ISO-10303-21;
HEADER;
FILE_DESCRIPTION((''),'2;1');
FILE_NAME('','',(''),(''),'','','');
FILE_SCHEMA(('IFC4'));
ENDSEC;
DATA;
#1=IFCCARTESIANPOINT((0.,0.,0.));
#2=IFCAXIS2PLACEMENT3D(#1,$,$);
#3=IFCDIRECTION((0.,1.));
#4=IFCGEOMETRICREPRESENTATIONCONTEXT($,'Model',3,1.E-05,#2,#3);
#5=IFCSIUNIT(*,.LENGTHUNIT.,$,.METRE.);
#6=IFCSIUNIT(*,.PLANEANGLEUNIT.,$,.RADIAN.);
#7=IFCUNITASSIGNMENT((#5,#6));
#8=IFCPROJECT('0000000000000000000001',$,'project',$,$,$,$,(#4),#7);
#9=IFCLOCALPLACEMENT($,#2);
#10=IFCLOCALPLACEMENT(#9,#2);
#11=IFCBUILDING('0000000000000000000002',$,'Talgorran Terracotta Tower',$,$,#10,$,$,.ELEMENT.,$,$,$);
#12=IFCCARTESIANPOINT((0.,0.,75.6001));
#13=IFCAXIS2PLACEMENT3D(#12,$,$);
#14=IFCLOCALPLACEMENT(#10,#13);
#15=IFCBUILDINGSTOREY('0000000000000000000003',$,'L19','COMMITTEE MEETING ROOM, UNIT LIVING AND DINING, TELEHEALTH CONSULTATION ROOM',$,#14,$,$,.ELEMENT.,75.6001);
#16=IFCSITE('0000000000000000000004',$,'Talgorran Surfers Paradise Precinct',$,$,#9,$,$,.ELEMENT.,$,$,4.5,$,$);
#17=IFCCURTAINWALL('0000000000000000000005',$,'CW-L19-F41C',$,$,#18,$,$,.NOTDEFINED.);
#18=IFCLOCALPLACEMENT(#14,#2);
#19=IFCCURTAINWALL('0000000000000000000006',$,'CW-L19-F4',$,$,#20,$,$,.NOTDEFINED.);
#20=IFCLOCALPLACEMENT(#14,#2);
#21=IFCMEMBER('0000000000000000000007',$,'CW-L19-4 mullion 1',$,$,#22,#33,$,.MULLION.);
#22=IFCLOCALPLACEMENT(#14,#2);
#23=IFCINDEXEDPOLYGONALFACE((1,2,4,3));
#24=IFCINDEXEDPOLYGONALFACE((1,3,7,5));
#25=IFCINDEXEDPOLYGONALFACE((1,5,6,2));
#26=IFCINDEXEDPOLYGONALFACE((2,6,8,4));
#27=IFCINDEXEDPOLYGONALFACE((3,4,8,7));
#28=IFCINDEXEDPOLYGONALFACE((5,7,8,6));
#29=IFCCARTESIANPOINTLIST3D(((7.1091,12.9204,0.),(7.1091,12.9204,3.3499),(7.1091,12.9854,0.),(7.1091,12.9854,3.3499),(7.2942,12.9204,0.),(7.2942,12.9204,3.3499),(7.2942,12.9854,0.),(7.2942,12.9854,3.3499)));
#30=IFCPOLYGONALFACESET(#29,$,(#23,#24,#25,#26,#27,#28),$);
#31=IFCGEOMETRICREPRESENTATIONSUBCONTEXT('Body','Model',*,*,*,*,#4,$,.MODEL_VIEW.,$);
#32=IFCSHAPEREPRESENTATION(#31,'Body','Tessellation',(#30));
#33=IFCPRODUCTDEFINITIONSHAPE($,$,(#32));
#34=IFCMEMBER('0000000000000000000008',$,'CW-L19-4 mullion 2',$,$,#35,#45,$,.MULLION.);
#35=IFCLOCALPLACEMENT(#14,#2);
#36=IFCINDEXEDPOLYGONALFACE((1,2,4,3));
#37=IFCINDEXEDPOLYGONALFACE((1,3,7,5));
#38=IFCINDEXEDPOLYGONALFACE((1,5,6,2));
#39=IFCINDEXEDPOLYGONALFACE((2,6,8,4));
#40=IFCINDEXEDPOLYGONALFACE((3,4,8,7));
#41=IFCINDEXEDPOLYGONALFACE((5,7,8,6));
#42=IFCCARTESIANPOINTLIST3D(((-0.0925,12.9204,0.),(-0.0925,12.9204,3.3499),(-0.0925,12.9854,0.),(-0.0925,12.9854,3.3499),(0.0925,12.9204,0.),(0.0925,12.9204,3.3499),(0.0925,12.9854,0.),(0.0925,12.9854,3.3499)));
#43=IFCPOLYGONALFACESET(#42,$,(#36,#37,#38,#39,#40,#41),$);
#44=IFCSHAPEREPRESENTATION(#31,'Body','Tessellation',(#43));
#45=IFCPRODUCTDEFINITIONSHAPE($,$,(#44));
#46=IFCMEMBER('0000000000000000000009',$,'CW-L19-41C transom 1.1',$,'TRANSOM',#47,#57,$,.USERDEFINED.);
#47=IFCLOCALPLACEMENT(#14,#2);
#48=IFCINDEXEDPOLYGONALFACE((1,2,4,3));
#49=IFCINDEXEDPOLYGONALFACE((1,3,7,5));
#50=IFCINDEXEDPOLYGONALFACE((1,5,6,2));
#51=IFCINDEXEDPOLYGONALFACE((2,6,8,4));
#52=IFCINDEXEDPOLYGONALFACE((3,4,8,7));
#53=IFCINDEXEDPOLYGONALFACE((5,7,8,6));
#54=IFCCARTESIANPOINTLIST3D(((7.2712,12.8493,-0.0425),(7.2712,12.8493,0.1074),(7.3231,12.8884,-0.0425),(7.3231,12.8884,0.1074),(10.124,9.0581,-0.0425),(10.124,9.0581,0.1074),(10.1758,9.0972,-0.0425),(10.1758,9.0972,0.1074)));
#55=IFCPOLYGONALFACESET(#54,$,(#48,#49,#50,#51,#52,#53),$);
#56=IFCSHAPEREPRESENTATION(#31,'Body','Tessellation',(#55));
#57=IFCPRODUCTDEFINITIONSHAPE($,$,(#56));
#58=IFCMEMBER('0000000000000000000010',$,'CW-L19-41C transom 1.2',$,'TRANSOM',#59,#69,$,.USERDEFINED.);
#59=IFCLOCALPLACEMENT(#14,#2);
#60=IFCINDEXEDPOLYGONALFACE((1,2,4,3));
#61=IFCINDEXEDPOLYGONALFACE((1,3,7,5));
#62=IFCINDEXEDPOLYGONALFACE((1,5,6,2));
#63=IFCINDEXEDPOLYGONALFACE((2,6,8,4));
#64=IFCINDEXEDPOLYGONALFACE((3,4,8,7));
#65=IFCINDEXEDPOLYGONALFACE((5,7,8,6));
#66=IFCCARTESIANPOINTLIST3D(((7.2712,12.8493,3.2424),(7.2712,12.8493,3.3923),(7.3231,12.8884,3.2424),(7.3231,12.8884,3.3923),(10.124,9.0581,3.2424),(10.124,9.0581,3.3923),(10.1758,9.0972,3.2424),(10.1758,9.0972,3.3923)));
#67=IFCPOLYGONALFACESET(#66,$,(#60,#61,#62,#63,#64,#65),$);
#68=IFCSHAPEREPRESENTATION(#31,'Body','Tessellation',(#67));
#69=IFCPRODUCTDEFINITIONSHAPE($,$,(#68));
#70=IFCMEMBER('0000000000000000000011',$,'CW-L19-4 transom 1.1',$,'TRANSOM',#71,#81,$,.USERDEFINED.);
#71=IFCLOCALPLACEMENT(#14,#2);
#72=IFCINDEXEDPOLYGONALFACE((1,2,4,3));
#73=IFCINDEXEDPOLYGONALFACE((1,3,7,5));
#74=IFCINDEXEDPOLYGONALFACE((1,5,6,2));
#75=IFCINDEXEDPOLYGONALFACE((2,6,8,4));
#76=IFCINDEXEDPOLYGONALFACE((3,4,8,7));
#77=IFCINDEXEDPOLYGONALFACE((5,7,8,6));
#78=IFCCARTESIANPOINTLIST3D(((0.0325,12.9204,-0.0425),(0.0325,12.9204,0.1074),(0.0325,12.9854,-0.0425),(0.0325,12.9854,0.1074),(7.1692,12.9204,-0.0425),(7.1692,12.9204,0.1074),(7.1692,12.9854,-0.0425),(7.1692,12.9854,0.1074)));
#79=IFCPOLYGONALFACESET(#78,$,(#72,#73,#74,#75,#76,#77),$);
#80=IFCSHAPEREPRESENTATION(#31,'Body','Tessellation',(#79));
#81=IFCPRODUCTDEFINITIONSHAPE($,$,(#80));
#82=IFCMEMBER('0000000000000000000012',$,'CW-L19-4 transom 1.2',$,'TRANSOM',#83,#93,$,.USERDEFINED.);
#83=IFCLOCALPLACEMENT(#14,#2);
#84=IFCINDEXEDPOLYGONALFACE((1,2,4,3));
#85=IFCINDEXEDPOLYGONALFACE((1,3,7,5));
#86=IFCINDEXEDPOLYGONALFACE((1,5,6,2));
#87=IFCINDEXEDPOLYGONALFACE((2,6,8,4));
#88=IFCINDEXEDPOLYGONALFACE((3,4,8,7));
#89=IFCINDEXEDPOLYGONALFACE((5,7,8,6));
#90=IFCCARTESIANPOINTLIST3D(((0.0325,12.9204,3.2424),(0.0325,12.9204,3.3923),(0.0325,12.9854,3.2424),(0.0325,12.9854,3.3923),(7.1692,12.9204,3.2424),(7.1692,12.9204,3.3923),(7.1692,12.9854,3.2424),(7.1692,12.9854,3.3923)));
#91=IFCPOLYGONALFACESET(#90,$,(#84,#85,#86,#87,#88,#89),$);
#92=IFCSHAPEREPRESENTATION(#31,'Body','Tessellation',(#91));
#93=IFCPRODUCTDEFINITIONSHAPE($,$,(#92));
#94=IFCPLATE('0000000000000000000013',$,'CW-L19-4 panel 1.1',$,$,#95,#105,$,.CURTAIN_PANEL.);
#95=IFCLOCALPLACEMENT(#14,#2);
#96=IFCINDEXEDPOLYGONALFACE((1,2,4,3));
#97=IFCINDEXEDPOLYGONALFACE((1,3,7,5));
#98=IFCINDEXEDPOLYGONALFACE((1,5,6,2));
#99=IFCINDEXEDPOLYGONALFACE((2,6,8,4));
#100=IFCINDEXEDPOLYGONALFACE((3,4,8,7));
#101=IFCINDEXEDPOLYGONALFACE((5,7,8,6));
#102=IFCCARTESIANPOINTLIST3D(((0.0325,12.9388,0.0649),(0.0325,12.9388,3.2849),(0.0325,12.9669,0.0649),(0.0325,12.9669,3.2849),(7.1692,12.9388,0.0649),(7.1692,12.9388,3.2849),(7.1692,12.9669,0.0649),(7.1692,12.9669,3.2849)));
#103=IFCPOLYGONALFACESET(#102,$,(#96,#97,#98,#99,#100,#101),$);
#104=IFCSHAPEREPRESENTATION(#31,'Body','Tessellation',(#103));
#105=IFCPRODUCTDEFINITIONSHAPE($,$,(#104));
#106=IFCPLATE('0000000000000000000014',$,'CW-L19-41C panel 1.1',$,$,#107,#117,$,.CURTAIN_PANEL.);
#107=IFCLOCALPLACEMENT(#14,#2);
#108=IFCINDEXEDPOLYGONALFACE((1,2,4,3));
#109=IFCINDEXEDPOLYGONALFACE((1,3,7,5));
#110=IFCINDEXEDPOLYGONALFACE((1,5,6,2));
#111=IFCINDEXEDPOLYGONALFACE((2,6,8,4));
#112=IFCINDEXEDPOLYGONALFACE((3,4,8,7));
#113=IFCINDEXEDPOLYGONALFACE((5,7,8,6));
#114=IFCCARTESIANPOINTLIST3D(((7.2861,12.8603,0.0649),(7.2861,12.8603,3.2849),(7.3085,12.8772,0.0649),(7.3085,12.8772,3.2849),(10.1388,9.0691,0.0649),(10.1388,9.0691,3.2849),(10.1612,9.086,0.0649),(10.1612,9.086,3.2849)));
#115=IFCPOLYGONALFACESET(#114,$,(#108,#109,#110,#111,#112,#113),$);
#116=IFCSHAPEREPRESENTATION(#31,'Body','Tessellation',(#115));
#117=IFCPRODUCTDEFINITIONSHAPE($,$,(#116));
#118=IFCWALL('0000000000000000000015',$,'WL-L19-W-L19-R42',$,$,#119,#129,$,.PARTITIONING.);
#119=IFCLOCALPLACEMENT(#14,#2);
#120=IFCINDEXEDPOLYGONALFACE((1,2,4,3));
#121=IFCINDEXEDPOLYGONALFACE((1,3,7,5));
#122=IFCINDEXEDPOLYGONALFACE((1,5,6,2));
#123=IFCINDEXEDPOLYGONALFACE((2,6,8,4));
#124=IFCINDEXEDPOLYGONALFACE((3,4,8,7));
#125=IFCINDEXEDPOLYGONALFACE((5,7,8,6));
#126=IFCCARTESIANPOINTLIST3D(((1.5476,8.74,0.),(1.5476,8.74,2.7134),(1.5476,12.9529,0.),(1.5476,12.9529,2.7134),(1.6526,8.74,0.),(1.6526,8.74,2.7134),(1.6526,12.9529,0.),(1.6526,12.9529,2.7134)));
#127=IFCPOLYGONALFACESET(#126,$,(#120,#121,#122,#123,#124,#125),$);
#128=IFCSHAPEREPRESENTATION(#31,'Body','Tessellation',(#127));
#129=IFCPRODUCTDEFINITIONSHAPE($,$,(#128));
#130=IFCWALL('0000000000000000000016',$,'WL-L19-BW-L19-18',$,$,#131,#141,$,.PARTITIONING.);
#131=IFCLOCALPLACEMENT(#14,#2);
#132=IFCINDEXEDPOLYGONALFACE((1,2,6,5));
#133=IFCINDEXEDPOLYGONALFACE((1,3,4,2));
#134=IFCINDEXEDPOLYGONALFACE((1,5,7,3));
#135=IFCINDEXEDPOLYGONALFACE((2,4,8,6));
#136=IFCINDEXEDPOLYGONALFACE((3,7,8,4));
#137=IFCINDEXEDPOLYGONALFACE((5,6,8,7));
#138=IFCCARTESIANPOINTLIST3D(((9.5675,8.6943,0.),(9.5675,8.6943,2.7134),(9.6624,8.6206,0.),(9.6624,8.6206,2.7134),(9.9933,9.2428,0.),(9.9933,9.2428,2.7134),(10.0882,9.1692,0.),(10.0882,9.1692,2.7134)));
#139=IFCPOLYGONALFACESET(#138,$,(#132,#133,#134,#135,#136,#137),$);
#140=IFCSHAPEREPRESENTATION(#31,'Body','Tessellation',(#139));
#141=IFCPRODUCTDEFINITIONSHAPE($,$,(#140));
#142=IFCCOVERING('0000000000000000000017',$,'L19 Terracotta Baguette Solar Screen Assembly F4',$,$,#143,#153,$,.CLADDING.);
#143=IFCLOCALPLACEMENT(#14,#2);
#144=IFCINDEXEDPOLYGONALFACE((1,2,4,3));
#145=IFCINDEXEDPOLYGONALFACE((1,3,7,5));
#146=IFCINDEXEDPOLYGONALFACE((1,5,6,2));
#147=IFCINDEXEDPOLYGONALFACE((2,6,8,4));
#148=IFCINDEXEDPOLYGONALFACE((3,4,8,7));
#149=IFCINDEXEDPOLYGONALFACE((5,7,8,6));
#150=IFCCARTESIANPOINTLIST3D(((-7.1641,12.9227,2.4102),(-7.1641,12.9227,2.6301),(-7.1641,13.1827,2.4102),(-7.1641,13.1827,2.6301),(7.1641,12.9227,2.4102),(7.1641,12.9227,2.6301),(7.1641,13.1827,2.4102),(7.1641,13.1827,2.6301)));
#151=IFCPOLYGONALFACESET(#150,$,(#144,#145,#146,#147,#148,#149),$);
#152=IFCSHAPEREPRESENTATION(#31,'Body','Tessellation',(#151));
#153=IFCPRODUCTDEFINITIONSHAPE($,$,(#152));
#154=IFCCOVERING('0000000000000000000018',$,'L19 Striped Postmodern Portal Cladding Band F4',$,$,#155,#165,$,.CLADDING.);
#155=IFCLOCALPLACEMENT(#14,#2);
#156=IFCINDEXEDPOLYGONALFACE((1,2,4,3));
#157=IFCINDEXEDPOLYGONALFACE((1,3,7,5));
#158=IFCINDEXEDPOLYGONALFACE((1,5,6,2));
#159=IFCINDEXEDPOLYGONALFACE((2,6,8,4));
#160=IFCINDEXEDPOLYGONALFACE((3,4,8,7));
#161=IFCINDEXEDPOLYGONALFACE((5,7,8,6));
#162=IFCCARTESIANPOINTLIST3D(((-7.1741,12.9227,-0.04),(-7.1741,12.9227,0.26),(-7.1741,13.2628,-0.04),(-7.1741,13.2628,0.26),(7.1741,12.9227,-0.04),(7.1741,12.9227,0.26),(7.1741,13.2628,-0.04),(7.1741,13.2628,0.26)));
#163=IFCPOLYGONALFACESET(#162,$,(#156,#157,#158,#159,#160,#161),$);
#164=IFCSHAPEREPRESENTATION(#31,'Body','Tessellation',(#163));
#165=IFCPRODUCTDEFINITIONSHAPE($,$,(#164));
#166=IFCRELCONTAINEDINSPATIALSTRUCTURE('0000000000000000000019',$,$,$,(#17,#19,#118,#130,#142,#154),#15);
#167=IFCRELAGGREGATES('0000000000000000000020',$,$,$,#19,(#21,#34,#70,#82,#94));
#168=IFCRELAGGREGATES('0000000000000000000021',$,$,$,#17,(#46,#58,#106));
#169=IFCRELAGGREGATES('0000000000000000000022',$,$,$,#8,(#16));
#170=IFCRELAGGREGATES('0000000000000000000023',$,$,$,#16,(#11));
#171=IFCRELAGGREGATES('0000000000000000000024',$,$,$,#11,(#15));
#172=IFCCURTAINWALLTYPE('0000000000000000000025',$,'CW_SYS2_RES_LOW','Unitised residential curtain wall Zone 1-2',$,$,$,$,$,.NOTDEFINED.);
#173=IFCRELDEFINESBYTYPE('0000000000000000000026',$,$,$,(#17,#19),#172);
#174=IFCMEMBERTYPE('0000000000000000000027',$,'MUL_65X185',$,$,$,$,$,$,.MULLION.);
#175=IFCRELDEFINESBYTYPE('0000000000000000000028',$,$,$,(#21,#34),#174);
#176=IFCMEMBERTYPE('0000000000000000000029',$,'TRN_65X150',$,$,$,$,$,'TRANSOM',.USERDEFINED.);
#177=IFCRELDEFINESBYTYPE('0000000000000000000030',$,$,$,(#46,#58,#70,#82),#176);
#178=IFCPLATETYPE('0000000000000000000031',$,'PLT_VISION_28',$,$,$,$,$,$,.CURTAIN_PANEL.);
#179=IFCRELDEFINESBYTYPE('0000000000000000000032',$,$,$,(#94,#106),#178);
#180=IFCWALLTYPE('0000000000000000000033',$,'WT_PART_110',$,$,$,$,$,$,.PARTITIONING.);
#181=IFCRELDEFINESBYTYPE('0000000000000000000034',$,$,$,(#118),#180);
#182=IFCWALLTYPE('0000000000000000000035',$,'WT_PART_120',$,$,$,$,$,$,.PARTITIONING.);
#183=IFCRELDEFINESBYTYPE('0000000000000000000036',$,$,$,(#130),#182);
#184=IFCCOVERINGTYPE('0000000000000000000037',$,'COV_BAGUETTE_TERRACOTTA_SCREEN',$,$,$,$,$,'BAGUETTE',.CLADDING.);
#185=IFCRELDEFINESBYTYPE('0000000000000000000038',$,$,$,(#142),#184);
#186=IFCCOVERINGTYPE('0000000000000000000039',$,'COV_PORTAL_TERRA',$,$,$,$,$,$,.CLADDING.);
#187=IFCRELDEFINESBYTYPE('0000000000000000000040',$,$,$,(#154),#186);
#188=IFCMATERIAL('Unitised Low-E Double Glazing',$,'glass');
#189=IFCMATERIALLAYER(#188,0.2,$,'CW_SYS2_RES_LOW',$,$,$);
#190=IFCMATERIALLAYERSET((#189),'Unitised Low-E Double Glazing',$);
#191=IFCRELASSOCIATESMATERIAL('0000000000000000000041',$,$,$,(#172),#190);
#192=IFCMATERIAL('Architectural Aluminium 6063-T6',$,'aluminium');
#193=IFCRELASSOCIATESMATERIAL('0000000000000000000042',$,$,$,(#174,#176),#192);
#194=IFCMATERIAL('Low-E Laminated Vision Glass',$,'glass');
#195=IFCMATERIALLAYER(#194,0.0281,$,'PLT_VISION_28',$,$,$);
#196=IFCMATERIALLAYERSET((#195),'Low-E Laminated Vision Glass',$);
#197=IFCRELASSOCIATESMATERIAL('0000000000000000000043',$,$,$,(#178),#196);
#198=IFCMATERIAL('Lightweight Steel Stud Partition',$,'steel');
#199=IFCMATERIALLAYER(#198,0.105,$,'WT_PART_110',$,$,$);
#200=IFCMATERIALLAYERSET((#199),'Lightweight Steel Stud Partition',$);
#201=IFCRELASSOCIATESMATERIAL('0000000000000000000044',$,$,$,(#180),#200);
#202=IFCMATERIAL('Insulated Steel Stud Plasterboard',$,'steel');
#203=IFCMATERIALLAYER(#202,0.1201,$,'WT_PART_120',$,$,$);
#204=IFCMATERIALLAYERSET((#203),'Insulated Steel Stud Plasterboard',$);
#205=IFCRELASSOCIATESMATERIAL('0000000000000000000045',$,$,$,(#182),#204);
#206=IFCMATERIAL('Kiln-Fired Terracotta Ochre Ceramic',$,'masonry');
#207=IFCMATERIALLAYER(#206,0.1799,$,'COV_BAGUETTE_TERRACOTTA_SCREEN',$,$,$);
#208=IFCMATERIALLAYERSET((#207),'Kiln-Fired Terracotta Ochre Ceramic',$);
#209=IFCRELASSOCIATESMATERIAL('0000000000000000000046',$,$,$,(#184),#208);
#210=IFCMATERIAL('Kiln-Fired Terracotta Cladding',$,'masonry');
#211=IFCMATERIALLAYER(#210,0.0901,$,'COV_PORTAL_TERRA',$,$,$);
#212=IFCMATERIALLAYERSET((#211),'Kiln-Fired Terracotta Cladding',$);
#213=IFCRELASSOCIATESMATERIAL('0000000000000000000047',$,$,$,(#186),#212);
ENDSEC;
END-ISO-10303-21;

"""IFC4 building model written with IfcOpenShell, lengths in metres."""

from ifc_helpers import new_model, si_unit, direction, frame, frame_2d, origin, origin_2d, place, context, subcontext, project, spatial, rectangle, extrude, source, transform, mapped, material, layer, layer_set, material_profile, profile_set, type_object, type_shapes, element, aggregate, save


model = new_model("IFC4")

# Units and contexts
model_context = context("Model", 3, precision=1e-05, world=origin(), true_north=direction((0.0, 1.0)))
body_context = subcontext(model_context, "Body", "Model", "MODEL_VIEW")
ifc_project = project(units=[si_unit("LENGTHUNIT", "METRE"), si_unit("PLANEANGLEUNIT", "RADIAN")], contexts=[model_context])

# Site, building, storey
site_placement = place(None, origin())
site = spatial("IfcSite", under=ifc_project, at=site_placement, Name="Talgorran Surfers Paradise Precinct", CompositionType="ELEMENT", RefElevation=4.5)
building_placement = place(site_placement, origin())
building = spatial("IfcBuilding", under=site, at=building_placement, Name="Talgorran Terracotta Tower", CompositionType="ELEMENT")
storey_placement = place(building_placement, frame((0.0, 0.0, 75.6001)))
storey = spatial("IfcBuildingStorey", under=building, at=storey_placement, Name="L19", Description="COMMITTEE MEETING ROOM, UNIT LIVING AND DINING, TELEHEALTH CONSULTATION ROOM", CompositionType="ELEMENT", Elevation=75.6001)

# Curtain walls, members
ifc_material_1 = material(Name="Unitised Low-E Double Glazing", Category="glass")
ifc_layer_1 = layer(ifc_material_1, 0.2, Name="CW_SYS2_RES_LOW")
ifc_layer_set_1 = layer_set([ifc_layer_1], Name="Unitised Low-E Double Glazing")
curtain_wall_type = type_object("IfcCurtainWallType", Name="CW_SYS2_RES_LOW", Description="Unitised residential curtain wall Zone 1-2", PredefinedType="NOTDEFINED", material=ifc_layer_set_1)
curtain_wall_1_placement = place(storey_placement, origin())
curtain_wall_1 = element("IfcCurtainWall", 1, at=curtain_wall_1_placement, inside=storey, type_object=curtain_wall_type, Name="CW-L19-F41C", PredefinedType="NOTDEFINED")
ifc_material_2 = material(Name="Architectural Aluminium 6063-T6", Category="aluminium")
ifc_material_profile_1 = material_profile(ifc_material_2, rectangle(XDim=0.0649, YDim=0.1851, at=origin_2d()), Name="CWM65X185")
ifc_profile_set_1 = profile_set([ifc_material_profile_1], Name="Architectural Aluminium 6063-T6")
member_type_1 = type_object("IfcMemberType", Name="MUL_65X185", PredefinedType="MULLION", material=ifc_profile_set_1)
curtain_wall_2_placement = place(storey_placement, origin())
curtain_wall_2 = element("IfcCurtainWall", 2, at=curtain_wall_2_placement, inside=storey, type_object=curtain_wall_type, Name="CW-L19-F4", PredefinedType="NOTDEFINED")
member_1_placement = place(storey_placement, frame((7.2017, 12.9529, 0.0), z_axis=(0.0, 0.0, 1.0), x_axis=(0.0, -1.0, 0.0)))
member_1 = element("IfcMember", 3, at=member_1_placement, type_object=member_type_1, Name="CW-L19-4 mullion 1", PredefinedType="MULLION", context=body_context, shape_type="SweptSolid", body=[
    extrude(rectangle(XDim=0.0649, YDim=0.1851, at=origin_2d()), origin(), (0.0, 0.0, 1.0), 3.3499),
])
member_2_placement = place(storey_placement, frame((0.0, 12.9529, 0.0), z_axis=(0.0, 0.0, 1.0), x_axis=(0.0, -1.0, 0.0)))
member_2 = element("IfcMember", 4, at=member_2_placement, type_object=member_type_1, Name="CW-L19-4 mullion 2", PredefinedType="MULLION", context=body_context, shape_type="SweptSolid", body=[
    extrude(rectangle(XDim=0.0649, YDim=0.1851, at=origin_2d()), origin(), (0.0, 0.0, 1.0), 3.3499),
])

# Members
ifc_material_profile_2 = material_profile(ifc_material_2, rectangle(XDim=0.0649, YDim=0.1499, at=origin_2d()), Name="CWT65X150")
ifc_profile_set_2 = profile_set([ifc_material_profile_2], Name="Architectural Aluminium 6063-T6")
member_type_2 = type_object("IfcMemberType", Name="TRN_65X150", ElementType="TRANSOM", PredefinedType="USERDEFINED", material=ifc_profile_set_2)
member_3_placement = place(storey_placement, frame((10.1499, 9.0776, 0.0325), z_axis=(-0.601259, 0.799054, 0.0), x_axis=(-0.799054, -0.601259, 0.0)))
member_3 = element("IfcMember", 5, at=member_3_placement, type_object=member_type_2, Name="CW-L19-41C transom 1.1", ObjectType="TRANSOM", PredefinedType="USERDEFINED", context=body_context, shape_type="SweptSolid", body=[
    extrude(rectangle(XDim=0.0649, YDim=0.1499, at=origin_2d()), origin(), (0.0, 0.0, 1.0), 4.7446),
])
member_4_placement = place(storey_placement, frame((10.1499, 9.0776, 3.3174), z_axis=(-0.601259, 0.799054, 0.0), x_axis=(-0.799054, -0.601259, 0.0)))
member_4 = element("IfcMember", 6, at=member_4_placement, type_object=member_type_2, Name="CW-L19-41C transom 1.2", ObjectType="TRANSOM", PredefinedType="USERDEFINED", context=body_context, shape_type="SweptSolid", body=[
    extrude(rectangle(XDim=0.0649, YDim=0.1499, at=origin_2d()), origin(), (0.0, 0.0, 1.0), 4.7446),
])
member_5_placement = place(storey_placement, frame((7.1692, 12.9529, 0.0325), z_axis=(-1.0, 0.0, 0.0), x_axis=(0.0, -1.0, 0.0)))
member_5 = element("IfcMember", 7, at=member_5_placement, type_object=member_type_2, Name="CW-L19-4 transom 1.1", ObjectType="TRANSOM", PredefinedType="USERDEFINED", context=body_context, shape_type="SweptSolid", body=[
    extrude(rectangle(XDim=0.0649, YDim=0.1499, at=origin_2d()), origin(), (0.0, 0.0, 1.0), 7.1367),
])
member_6_placement = place(storey_placement, frame((7.1692, 12.9529, 3.3174), z_axis=(-1.0, 0.0, 0.0), x_axis=(0.0, -1.0, 0.0)))
member_6 = element("IfcMember", 8, at=member_6_placement, type_object=member_type_2, Name="CW-L19-4 transom 1.2", ObjectType="TRANSOM", PredefinedType="USERDEFINED", context=body_context, shape_type="SweptSolid", body=[
    extrude(rectangle(XDim=0.0649, YDim=0.1499, at=origin_2d()), origin(), (0.0, 0.0, 1.0), 7.1367),
])

# Plates
ifc_material_3 = material(Name="Low-E Laminated Vision Glass", Category="glass")
ifc_layer_2 = layer(ifc_material_3, 0.0281, Name="PLT_VISION_28")
ifc_layer_set_2 = layer_set([ifc_layer_2], Name="Low-E Laminated Vision Glass")
plate_type = type_object("IfcPlateType", Name="PLT_VISION_28", PredefinedType="CURTAIN_PANEL", material=ifc_layer_set_2)
shared_shape_1 = source(origin(), body_context, "Body", "SweptSolid", [
    extrude(rectangle(XDim=7.1367, YDim=0.0281, at=origin_2d()), origin(), (0.0, 0.0, 1.0), 3.22),
])
plate_1_placement = place(storey_placement, frame((3.6008, 12.9529, 0.0649), z_axis=(0.0, 0.0, 1.0), x_axis=(-1.0, 0.0, 0.0)))
plate_1 = element("IfcPlate", 9, at=plate_1_placement, type_object=plate_type, Name="CW-L19-4 panel 1.1", PredefinedType="CURTAIN_PANEL", context=body_context, shape_type="MappedRepresentation", body=[
    mapped(shared_shape_1, transform((0.0, 0.0, 0.0), scale=1.0)),
])
aggregate(curtain_wall_2, [member_1, member_2, member_5, member_6, plate_1])
shared_shape_2 = source(origin(), body_context, "Body", "SweptSolid", [
    extrude(rectangle(XDim=4.7446, YDim=0.0281, at=origin_2d()), origin(), (0.0, 0.0, 1.0), 3.22),
])
type_shapes(plate_type, [shared_shape_1, shared_shape_2])
plate_2_placement = place(storey_placement, frame((8.7236, 10.9731, 0.0649), z_axis=(0.0, 0.0, 1.0), x_axis=(-0.601247, 0.799064, 0.0)))
plate_2 = element("IfcPlate", 10, at=plate_2_placement, type_object=plate_type, Name="CW-L19-41C panel 1.1", PredefinedType="CURTAIN_PANEL", context=body_context, shape_type="MappedRepresentation", body=[
    mapped(shared_shape_2, transform((0.0, 0.0, 0.0), scale=1.0)),
])
aggregate(curtain_wall_1, [member_3, member_4, plate_2])

# Walls
ifc_material_4 = material(Name="Lightweight Steel Stud Partition", Category="steel")
ifc_layer_3 = layer(ifc_material_4, 0.105, Name="WT_PART_110")
ifc_layer_set_3 = layer_set([ifc_layer_3], Name="Lightweight Steel Stud Partition")
wall_type_1 = type_object("IfcWallType", Name="WT_PART_110", PredefinedType="PARTITIONING", material=ifc_layer_set_3)
wall_1_placement = place(storey_placement, frame((1.6001, 8.74, 0.0), z_axis=(0.0, 0.0, 1.0), x_axis=(0.0, 1.0, 0.0)))
element("IfcWall", 11, at=wall_1_placement, inside=storey, type_object=wall_type_1, Name="WL-L19-W-L19-R42", PredefinedType="PARTITIONING", context=body_context, shape_type="SweptSolid", body=[
    extrude(rectangle(XDim=4.2129, YDim=0.105, at=frame_2d((2.1064, 0.0))), origin(), (0.0, 0.0, 1.0), 2.7134),
])
ifc_material_5 = material(Name="Insulated Steel Stud Plasterboard", Category="steel")
ifc_layer_4 = layer(ifc_material_5, 0.1201, Name="WT_PART_120")
ifc_layer_set_4 = layer_set([ifc_layer_4], Name="Insulated Steel Stud Plasterboard")
wall_type_2 = type_object("IfcWallType", Name="WT_PART_120", PredefinedType="PARTITIONING", material=ifc_layer_set_4)
wall_2_placement = place(storey_placement, frame((9.615, 8.6575, 0.0), z_axis=(0.0, 0.0, 1.0), x_axis=(0.613137, 0.789977, 0.0)))
element("IfcWall", 12, at=wall_2_placement, inside=storey, type_object=wall_type_2, Name="WL-L19-BW-L19-18", PredefinedType="PARTITIONING", context=body_context, shape_type="SweptSolid", body=[
    extrude(rectangle(XDim=0.6943, YDim=0.1201, at=frame_2d((0.3472, 0.0))), origin(), (0.0, 0.0, 1.0), 2.7134),
])

# Coverings
ifc_material_6 = material(Name="Kiln-Fired Terracotta Ochre Ceramic", Category="masonry")
ifc_layer_5 = layer(ifc_material_6, 0.1799, Name="COV_BAGUETTE_TERRACOTTA_SCREEN")
ifc_layer_set_5 = layer_set([ifc_layer_5], Name="Kiln-Fired Terracotta Ochre Ceramic")
covering_type_1 = type_object("IfcCoveringType", Name="COV_BAGUETTE_TERRACOTTA_SCREEN", ElementType="BAGUETTE", PredefinedType="CLADDING", material=ifc_layer_set_5)
covering_1_placement = place(storey_placement, frame((0.0, 13.0527, 2.4102), z_axis=(0.0, 0.0, 1.0), x_axis=(-1.0, 0.0, 0.0)))
element("IfcCovering", 13, at=covering_1_placement, inside=storey, type_object=covering_type_1, Name="L19 Terracotta Baguette Solar Screen Assembly F4", PredefinedType="CLADDING", context=body_context, shape_type="SweptSolid", body=[
    extrude(rectangle(XDim=14.3281, YDim=0.26, at=origin_2d()), origin(), (0.0, 0.0, 1.0), 0.22),
])
ifc_material_7 = material(Name="Kiln-Fired Terracotta Cladding", Category="masonry")
ifc_layer_6 = layer(ifc_material_7, 0.0901, Name="COV_PORTAL_TERRA")
ifc_layer_set_6 = layer_set([ifc_layer_6], Name="Kiln-Fired Terracotta Cladding")
covering_type_2 = type_object("IfcCoveringType", Name="COV_PORTAL_TERRA", PredefinedType="CLADDING", material=ifc_layer_set_6)
covering_2_placement = place(storey_placement, frame((0.0, 13.0928, -0.04), z_axis=(0.0, 0.0, 1.0), x_axis=(-1.0, 0.0, 0.0)))
element("IfcCovering", 14, at=covering_2_placement, inside=storey, type_object=covering_type_2, Name="L19 Striped Postmodern Portal Cladding Band F4", PredefinedType="CLADDING", context=body_context, shape_type="SweptSolid", body=[
    extrude(rectangle(XDim=14.3481, YDim=0.3401, at=origin_2d()), origin(), (0.0, 0.0, 1.0), 0.3),
])

save(model, "model.ifc")
